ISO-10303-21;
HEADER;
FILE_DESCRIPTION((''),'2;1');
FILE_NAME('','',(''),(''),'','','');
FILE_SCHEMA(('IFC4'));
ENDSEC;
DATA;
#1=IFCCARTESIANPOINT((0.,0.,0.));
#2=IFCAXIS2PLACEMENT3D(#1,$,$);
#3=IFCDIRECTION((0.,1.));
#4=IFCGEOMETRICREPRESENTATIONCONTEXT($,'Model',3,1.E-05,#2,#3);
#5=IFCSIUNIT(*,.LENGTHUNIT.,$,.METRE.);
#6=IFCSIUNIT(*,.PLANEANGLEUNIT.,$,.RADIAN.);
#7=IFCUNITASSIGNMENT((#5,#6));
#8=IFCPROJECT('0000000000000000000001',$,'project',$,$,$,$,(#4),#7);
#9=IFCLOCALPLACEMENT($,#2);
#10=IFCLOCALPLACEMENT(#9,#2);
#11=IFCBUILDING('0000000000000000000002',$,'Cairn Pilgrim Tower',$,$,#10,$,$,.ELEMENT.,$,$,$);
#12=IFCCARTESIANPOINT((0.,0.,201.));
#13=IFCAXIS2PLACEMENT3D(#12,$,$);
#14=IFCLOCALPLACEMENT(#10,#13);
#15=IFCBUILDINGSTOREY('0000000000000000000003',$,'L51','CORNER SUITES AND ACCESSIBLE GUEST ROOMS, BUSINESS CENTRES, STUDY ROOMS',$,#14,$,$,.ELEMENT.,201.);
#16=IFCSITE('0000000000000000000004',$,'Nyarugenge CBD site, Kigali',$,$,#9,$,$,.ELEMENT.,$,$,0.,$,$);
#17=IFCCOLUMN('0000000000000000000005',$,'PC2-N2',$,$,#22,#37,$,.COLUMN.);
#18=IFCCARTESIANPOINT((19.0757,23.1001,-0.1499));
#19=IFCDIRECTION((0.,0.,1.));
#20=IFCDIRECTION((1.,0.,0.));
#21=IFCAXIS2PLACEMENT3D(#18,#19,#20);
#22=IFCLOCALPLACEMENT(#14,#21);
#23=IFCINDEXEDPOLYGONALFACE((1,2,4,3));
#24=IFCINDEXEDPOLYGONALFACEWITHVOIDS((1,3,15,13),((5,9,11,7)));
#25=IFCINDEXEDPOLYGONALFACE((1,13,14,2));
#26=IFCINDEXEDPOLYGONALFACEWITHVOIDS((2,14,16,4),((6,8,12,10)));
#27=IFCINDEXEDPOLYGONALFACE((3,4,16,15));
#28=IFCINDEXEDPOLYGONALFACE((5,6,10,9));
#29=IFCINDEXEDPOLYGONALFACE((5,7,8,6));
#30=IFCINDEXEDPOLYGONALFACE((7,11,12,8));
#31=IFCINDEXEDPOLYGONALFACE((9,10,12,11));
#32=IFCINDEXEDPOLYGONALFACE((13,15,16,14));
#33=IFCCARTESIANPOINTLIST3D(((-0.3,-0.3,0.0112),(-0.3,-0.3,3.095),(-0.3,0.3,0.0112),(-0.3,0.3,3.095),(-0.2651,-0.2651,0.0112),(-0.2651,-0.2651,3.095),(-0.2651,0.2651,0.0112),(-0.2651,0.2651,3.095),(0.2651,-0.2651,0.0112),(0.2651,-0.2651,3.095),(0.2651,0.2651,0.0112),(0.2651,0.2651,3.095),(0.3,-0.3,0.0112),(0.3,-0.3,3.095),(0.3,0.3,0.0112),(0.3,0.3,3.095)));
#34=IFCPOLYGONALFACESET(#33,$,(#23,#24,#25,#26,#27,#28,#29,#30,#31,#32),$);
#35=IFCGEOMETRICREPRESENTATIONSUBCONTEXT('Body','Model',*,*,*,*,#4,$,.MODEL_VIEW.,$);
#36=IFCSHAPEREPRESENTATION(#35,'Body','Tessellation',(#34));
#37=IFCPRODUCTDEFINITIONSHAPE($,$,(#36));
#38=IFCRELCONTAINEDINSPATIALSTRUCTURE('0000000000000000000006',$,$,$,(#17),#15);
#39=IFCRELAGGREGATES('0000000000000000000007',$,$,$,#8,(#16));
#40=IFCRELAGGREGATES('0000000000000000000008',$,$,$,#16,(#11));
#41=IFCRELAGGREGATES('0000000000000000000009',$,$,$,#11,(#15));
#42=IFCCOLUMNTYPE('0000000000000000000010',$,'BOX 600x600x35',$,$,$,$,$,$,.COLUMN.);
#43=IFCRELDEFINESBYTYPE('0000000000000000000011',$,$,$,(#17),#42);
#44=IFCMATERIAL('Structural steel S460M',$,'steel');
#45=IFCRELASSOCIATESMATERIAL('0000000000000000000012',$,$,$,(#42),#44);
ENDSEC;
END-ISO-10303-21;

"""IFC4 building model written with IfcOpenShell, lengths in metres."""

from ifc_helpers import new_model, si_unit, direction, frame, origin, origin_2d, place, context, subcontext, project, spatial, hollow_rectangle, extrude, clip, halfspace, material, material_profile, profile_set, type_object, element, save


model = new_model("IFC4")

# Units and contexts
model_context = context("Model", 3, precision=1e-05, world=origin(), true_north=direction((0.0, 1.0)))
body_context = subcontext(model_context, "Body", "Model", "MODEL_VIEW")
ifc_project = project(units=[si_unit("LENGTHUNIT", "METRE"), si_unit("PLANEANGLEUNIT", "RADIAN")], contexts=[model_context])

# Site, building, storey
site_placement = place(None, origin())
site = spatial("IfcSite", under=ifc_project, at=site_placement, Name="Nyarugenge CBD site, Kigali", CompositionType="ELEMENT", RefElevation=0.0)
building_placement = place(site_placement, origin())
building = spatial("IfcBuilding", under=site, at=building_placement, Name="Cairn Pilgrim Tower", CompositionType="ELEMENT")
storey_placement = place(building_placement, frame((0.0, 0.0, 201.0)))
storey = spatial("IfcBuildingStorey", under=building, at=storey_placement, Name="L51", Description="CORNER SUITES AND ACCESSIBLE GUEST ROOMS, BUSINESS CENTRES, STUDY ROOMS", CompositionType="ELEMENT", Elevation=201.0)

# Column
ifc_material_1 = material(Name="Structural steel S460M", Category="steel")
ifc_material_profile_1 = material_profile(ifc_material_1, hollow_rectangle(XDim=0.6001, YDim=0.6001, WallThickness=0.0349, at=origin_2d()), Name="BOX 600x600x35")
ifc_profile_set_1 = profile_set([ifc_material_profile_1], Name="Structural steel S460M")
column_type_1 = type_object("IfcColumnType", Name="BOX 600x600x35", PredefinedType="COLUMN", material=ifc_profile_set_1)
column_1_placement = place(storey_placement, frame((19.0757, 23.1001, -0.1499), z_axis=(0.0, 0.0, 1.0), x_axis=(1.0, 0.0, 0.0)))
element("IfcColumn", 1, at=column_1_placement, inside=storey, type_object=column_type_1, Name="PC2-N2", PredefinedType="COLUMN", context=body_context, shape_type="Clipping", body=[
    clip(clip(extrude(hollow_rectangle(XDim=0.6001, YDim=0.6001, WallThickness=0.0349, at=origin_2d()), origin(), (0.0, 0.0, 1.0), 3.5), halfspace(frame((0.0, 0.0, 0.0112), z_axis=(0.0, 0.0, 1.0), x_axis=(1.0, 0.0, 0.0)), True)), halfspace(frame((0.0, 0.0, 3.095), z_axis=(0.0, 0.0, 1.0), x_axis=(1.0, 0.0, 0.0)), False)),
])

save(model, "model.ifc")
